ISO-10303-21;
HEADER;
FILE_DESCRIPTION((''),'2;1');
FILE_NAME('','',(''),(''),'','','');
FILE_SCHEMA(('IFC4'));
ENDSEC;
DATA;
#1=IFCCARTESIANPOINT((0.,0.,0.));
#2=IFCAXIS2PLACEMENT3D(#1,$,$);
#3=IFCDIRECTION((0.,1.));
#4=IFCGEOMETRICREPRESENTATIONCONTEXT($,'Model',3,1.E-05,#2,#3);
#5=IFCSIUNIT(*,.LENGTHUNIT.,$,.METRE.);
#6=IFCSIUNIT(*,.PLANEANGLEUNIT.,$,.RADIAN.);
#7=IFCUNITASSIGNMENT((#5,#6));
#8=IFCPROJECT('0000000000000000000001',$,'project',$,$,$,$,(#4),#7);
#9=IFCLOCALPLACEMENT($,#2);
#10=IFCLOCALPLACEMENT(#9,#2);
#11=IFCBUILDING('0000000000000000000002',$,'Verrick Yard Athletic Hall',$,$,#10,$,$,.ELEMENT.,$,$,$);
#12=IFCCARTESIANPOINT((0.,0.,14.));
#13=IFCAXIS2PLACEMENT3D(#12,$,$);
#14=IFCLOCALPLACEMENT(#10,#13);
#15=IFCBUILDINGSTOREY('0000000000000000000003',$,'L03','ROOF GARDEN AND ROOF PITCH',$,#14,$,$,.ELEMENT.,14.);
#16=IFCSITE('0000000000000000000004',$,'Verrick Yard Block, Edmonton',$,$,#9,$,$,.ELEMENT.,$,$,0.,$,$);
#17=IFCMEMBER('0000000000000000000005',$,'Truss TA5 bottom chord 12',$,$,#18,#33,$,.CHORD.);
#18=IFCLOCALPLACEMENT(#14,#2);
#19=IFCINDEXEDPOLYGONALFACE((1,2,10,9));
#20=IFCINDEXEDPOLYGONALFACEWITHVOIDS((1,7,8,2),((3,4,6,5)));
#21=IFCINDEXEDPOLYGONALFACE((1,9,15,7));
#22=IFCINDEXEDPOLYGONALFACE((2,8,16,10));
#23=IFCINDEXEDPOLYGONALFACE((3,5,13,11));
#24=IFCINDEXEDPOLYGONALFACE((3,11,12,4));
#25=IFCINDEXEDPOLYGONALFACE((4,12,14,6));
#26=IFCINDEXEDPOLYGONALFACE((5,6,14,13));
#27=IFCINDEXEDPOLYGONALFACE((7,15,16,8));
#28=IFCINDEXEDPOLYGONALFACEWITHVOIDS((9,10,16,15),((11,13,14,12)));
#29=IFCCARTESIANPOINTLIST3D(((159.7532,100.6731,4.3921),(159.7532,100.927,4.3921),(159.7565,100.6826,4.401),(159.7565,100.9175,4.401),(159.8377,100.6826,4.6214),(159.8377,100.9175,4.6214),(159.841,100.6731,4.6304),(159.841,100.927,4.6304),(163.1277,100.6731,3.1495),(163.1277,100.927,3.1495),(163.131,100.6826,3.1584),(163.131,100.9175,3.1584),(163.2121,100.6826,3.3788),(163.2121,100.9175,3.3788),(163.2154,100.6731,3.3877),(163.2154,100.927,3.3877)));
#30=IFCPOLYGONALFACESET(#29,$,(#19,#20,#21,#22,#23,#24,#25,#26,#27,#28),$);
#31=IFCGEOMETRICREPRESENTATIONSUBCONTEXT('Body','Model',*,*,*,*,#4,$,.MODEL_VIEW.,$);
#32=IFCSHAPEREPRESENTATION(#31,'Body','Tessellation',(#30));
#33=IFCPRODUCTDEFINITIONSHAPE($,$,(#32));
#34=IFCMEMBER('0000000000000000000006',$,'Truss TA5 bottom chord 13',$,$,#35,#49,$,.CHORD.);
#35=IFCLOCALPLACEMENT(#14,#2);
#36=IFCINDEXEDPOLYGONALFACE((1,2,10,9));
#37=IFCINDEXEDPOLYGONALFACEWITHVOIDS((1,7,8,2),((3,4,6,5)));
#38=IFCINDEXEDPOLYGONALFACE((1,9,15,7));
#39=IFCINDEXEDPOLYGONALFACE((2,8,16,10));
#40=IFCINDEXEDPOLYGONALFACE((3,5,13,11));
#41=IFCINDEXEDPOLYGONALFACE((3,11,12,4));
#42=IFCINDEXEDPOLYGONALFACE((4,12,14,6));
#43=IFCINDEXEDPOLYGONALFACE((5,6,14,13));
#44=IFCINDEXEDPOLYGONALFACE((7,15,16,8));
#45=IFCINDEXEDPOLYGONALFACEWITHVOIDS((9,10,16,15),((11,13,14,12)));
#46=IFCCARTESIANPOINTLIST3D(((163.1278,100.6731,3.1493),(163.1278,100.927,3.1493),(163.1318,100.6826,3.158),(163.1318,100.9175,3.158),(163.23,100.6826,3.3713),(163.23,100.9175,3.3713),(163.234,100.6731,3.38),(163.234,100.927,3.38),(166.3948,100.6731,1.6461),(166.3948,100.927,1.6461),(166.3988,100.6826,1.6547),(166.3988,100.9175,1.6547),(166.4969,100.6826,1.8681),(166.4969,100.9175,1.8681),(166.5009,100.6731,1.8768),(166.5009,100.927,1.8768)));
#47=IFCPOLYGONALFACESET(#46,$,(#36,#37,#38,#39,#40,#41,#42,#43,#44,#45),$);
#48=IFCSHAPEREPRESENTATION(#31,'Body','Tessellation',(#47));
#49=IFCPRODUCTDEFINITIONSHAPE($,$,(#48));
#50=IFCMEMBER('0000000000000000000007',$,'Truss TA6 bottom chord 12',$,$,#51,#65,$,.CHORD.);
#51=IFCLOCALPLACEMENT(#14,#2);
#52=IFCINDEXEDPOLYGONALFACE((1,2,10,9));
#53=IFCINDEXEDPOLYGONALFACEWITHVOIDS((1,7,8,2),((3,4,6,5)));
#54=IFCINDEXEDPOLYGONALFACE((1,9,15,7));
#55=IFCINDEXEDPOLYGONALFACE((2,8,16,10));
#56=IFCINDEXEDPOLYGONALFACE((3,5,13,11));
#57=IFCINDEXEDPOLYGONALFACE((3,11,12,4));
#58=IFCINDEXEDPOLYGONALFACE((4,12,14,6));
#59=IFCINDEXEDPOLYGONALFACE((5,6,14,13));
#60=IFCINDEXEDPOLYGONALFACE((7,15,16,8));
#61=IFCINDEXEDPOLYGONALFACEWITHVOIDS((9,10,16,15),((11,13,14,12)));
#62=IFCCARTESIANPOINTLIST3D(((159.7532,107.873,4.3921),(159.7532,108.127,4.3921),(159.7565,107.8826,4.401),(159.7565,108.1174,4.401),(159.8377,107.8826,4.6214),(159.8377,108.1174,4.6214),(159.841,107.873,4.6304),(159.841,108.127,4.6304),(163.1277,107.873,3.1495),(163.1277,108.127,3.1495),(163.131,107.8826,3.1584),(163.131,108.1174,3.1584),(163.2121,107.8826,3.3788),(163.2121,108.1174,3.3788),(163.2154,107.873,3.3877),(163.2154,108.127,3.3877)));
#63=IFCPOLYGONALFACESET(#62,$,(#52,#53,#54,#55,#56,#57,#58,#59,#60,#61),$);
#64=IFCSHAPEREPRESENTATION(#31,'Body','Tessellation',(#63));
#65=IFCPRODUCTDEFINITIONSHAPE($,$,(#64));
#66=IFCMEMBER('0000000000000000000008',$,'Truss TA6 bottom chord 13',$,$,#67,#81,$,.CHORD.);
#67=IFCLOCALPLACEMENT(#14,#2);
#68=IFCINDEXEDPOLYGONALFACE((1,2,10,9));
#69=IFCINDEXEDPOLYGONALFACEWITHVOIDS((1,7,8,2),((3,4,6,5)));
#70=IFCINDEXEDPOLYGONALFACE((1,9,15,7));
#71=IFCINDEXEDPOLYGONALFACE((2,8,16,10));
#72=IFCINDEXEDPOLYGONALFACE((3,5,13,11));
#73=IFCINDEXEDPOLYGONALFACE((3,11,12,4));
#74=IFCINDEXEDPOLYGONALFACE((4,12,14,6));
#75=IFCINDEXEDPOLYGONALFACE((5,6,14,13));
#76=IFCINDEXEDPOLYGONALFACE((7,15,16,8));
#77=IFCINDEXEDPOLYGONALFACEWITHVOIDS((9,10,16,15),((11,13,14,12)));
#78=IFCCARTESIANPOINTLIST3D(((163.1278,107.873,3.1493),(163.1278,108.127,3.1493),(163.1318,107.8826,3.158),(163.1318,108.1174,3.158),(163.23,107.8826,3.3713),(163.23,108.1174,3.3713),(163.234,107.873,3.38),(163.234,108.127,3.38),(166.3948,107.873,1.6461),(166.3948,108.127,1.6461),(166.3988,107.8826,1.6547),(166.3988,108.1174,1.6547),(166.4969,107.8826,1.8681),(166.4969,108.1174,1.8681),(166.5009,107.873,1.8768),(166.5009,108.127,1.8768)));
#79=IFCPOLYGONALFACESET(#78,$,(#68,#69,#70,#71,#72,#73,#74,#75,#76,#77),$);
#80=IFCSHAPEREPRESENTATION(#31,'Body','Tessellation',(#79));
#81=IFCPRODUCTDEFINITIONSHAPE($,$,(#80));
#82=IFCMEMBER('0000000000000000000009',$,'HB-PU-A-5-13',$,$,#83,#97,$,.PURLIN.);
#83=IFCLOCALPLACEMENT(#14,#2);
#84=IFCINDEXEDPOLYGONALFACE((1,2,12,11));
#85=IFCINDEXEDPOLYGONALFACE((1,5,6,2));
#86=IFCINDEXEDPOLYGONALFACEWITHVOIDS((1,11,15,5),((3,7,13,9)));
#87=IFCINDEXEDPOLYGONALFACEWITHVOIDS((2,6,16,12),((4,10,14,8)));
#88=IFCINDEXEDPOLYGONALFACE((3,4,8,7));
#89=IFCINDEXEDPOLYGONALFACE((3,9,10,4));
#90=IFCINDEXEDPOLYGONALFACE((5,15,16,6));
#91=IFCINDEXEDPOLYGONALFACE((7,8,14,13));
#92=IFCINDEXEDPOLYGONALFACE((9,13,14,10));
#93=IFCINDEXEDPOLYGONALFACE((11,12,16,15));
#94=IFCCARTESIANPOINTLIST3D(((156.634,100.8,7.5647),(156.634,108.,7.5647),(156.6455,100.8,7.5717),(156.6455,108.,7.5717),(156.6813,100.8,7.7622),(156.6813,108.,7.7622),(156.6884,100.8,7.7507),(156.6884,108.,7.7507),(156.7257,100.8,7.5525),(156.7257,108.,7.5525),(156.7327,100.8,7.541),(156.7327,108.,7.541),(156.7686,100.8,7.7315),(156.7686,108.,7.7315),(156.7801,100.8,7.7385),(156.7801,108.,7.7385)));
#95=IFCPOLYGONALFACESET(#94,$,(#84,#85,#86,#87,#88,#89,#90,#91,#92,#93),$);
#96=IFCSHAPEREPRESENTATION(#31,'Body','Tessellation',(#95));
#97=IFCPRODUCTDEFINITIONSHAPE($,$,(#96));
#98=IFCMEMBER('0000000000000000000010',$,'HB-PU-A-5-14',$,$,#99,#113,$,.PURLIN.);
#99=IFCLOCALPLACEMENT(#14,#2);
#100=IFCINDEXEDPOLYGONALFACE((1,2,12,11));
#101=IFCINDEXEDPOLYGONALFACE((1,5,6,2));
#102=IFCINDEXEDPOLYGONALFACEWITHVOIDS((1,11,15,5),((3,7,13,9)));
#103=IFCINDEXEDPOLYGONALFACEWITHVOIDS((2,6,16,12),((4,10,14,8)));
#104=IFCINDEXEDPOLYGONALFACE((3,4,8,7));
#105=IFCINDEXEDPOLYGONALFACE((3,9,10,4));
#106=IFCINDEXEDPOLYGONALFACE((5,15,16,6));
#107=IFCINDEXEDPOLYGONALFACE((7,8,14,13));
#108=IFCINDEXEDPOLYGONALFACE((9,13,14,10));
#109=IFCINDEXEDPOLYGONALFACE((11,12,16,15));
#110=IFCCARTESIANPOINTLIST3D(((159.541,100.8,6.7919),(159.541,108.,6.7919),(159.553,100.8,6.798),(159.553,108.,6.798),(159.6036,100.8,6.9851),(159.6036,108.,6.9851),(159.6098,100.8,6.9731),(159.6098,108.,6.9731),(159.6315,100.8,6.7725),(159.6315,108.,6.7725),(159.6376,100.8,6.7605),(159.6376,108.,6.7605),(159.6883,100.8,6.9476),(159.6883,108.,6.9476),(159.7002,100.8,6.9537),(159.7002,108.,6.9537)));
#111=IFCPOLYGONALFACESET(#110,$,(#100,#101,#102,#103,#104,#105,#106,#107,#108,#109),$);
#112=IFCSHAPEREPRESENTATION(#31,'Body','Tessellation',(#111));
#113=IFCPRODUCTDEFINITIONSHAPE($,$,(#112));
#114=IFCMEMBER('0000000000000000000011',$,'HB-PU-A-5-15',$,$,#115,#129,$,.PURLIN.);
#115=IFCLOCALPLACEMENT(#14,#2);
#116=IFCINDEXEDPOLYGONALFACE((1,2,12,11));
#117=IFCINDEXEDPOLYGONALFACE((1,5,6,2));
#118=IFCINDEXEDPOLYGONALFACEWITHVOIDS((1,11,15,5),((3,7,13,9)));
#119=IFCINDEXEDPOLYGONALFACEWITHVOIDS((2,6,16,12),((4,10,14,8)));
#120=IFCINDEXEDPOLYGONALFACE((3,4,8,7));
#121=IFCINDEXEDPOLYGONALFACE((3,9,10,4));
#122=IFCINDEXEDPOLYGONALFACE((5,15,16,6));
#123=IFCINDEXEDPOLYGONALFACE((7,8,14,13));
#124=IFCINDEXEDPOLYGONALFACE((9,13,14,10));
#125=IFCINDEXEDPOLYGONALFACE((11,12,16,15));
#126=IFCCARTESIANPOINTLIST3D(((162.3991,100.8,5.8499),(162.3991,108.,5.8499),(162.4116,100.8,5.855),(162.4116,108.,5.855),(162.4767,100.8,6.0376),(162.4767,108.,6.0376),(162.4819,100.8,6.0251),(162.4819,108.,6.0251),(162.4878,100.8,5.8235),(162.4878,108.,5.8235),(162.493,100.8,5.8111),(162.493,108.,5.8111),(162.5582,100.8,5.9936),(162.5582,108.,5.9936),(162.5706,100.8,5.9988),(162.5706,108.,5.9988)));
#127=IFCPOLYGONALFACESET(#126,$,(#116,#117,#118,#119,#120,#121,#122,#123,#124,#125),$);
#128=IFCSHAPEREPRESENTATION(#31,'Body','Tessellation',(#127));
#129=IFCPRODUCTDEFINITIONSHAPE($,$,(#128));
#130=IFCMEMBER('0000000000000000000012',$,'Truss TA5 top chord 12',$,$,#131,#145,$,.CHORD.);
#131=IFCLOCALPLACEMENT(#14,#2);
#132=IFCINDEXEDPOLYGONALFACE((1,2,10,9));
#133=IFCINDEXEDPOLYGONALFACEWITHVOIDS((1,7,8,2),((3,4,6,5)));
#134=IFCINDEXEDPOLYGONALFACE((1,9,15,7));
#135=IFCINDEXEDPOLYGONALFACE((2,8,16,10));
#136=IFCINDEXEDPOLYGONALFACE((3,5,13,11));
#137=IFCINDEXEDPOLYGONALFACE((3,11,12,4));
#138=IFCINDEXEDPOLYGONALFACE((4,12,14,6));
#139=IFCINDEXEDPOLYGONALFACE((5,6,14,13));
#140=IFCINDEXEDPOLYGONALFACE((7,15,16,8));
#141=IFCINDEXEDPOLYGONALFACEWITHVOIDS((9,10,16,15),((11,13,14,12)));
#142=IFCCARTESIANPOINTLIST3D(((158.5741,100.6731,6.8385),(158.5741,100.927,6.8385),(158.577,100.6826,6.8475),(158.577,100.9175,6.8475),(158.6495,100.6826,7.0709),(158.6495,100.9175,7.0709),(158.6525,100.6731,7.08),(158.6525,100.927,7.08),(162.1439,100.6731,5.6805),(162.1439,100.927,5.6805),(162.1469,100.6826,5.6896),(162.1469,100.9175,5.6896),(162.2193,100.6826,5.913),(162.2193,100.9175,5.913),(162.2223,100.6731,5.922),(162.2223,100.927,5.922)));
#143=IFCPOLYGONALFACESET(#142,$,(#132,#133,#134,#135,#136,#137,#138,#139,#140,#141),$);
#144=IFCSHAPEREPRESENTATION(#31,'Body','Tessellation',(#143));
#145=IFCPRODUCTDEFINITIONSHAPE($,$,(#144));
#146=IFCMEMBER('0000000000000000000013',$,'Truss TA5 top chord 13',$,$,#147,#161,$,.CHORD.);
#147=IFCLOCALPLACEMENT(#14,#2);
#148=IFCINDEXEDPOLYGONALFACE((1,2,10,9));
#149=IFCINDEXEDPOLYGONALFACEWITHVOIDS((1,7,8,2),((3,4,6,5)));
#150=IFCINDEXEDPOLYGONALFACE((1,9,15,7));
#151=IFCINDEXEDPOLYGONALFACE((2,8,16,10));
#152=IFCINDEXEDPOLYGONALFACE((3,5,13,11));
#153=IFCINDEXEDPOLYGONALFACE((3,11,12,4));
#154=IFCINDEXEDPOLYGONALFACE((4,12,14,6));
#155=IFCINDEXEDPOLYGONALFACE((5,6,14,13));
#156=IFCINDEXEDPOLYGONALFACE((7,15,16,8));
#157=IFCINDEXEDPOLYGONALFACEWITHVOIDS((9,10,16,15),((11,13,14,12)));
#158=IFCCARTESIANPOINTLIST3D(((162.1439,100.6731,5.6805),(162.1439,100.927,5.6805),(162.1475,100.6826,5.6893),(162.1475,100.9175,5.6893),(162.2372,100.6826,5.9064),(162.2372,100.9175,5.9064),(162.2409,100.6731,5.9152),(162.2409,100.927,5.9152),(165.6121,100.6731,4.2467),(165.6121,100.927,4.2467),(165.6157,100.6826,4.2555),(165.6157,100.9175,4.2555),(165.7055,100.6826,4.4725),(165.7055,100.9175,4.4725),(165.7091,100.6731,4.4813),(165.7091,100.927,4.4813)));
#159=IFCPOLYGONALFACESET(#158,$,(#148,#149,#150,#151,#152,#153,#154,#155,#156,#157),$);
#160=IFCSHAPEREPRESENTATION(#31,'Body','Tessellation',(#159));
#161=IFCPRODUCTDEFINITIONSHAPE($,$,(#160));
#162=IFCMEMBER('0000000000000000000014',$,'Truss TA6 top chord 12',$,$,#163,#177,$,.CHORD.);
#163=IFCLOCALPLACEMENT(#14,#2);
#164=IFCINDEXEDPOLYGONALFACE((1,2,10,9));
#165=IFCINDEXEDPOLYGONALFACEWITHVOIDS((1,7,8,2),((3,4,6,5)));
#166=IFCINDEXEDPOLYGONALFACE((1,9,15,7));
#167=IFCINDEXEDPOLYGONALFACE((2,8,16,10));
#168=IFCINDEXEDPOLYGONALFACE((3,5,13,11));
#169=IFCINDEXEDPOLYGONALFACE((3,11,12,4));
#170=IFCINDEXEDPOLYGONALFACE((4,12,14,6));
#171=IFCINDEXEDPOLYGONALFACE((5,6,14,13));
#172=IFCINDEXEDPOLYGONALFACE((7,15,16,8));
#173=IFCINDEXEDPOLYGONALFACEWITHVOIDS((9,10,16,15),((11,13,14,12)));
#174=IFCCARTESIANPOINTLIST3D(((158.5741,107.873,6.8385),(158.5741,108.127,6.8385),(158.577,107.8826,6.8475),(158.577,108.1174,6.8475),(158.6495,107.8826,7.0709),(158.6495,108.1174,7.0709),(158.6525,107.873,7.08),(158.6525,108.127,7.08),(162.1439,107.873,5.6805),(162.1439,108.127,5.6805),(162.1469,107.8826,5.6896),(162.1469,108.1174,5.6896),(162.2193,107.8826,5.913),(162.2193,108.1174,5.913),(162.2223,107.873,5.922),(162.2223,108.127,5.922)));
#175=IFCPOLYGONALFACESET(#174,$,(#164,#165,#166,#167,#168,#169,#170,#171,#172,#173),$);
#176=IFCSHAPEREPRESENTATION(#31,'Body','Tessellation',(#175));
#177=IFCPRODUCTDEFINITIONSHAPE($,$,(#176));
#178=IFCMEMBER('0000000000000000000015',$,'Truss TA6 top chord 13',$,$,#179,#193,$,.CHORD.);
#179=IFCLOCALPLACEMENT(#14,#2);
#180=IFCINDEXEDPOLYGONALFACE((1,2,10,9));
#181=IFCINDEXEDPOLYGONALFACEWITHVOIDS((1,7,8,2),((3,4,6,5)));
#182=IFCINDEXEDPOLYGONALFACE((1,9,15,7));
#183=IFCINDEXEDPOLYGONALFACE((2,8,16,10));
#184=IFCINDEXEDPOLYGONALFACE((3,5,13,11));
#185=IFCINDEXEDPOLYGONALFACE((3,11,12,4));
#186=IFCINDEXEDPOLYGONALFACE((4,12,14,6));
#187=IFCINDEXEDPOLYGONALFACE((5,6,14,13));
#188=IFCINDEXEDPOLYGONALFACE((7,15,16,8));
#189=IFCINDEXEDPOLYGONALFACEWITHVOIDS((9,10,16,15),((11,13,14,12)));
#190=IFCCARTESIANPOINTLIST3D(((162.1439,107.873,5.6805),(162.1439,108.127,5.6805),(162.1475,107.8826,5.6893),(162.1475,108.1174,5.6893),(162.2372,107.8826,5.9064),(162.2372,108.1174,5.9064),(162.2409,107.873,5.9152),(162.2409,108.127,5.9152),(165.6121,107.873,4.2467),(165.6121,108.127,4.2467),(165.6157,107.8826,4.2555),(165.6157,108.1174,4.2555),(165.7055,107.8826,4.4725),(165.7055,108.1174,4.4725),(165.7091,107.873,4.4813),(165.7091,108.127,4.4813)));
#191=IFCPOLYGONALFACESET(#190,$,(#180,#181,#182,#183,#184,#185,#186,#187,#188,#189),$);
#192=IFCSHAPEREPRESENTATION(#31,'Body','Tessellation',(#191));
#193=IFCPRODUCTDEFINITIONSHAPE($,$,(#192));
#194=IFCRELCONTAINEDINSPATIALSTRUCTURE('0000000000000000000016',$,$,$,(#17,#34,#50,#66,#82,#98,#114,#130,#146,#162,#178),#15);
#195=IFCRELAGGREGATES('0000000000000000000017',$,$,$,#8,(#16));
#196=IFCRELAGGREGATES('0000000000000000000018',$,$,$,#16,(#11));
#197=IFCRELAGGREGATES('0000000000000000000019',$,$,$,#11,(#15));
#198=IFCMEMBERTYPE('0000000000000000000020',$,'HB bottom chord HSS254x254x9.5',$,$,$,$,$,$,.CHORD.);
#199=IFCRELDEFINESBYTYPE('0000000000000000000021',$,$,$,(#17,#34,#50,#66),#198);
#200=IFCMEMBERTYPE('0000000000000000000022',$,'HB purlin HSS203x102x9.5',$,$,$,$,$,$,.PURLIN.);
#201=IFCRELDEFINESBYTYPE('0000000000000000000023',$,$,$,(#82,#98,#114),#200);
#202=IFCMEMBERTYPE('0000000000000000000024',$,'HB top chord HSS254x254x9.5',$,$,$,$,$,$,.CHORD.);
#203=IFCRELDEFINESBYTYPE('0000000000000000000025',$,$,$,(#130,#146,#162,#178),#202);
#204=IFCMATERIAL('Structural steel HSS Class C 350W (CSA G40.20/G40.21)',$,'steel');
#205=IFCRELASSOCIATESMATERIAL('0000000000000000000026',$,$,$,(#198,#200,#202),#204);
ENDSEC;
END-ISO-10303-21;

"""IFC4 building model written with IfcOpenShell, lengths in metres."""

from ifc_helpers import new_model, si_unit, direction, frame, origin, origin_2d, place, context, subcontext, project, spatial, hollow_rectangle, extrude, material, material_profile, profile_set, type_object, element, save


model = new_model("IFC4")

# Units and contexts
model_context = context("Model", 3, precision=1e-05, world=origin(), true_north=direction((0.0, 1.0)))
body_context = subcontext(model_context, "Body", "Model", "MODEL_VIEW")
ifc_project = project(units=[si_unit("LENGTHUNIT", "METRE"), si_unit("PLANEANGLEUNIT", "RADIAN")], contexts=[model_context])

# Site, building, storey
site_placement = place(None, origin())
site = spatial("IfcSite", under=ifc_project, at=site_placement, Name="Verrick Yard Block, Edmonton", CompositionType="ELEMENT", RefElevation=0.0)
building_placement = place(site_placement, origin())
building = spatial("IfcBuilding", under=site, at=building_placement, Name="Verrick Yard Athletic Hall", CompositionType="ELEMENT")
storey_placement = place(building_placement, frame((0.0, 0.0, 14.0)))
storey = spatial("IfcBuildingStorey", under=building, at=storey_placement, Name="L03", Description="ROOF GARDEN AND ROOF PITCH", CompositionType="ELEMENT", Elevation=14.0)

# Members
ifc_material_1 = material(Name="Structural steel HSS Class C 350W (CSA G40.20/G40.21)", Category="steel")
ifc_material_profile_1 = material_profile(ifc_material_1, hollow_rectangle(XDim=0.2539, YDim=0.2539, WallThickness=0.0095, at=origin_2d()), Name="HSS254x254x9.5")
ifc_profile_set_1 = profile_set([ifc_material_profile_1], Name="Structural steel HSS Class C 350W (CSA G40.20/G40.21)")
member_type_1 = type_object("IfcMemberType", Name="HB bottom chord HSS254x254x9.5", PredefinedType="CHORD", material=ifc_profile_set_1)
member_1_placement = place(storey_placement, frame((159.7971, 100.8, 4.5112), z_axis=(0.938394, 0.0, -0.345567), x_axis=(0.0, 1.0, 0.0)))
element("IfcMember", 1, at=member_1_placement, inside=storey, type_object=member_type_1, Name="Truss TA5 bottom chord 12", PredefinedType="CHORD", context=body_context, shape_type="SweptSolid", body=[
    extrude(hollow_rectangle(XDim=0.2539, YDim=0.2539, WallThickness=0.0095, at=origin_2d()), origin(), (0.0, 0.0, 1.0), 3.5959),
])
member_2_placement = place(storey_placement, frame((163.1809, 100.8, 3.2646), z_axis=(0.908446, 0.0, -0.418003), x_axis=(0.0, 1.0, 0.0)))
element("IfcMember", 2, at=member_2_placement, inside=storey, type_object=member_type_1, Name="Truss TA5 bottom chord 13", PredefinedType="CHORD", context=body_context, shape_type="SweptSolid", body=[
    extrude(hollow_rectangle(XDim=0.2539, YDim=0.2539, WallThickness=0.0095, at=origin_2d()), origin(), (0.0, 0.0, 1.0), 3.5962),
])
member_3_placement = place(storey_placement, frame((159.7971, 108.0, 4.5112), z_axis=(0.938394, 0.0, -0.345567), x_axis=(0.0, 1.0, 0.0)))
element("IfcMember", 3, at=member_3_placement, inside=storey, type_object=member_type_1, Name="Truss TA6 bottom chord 12", PredefinedType="CHORD", context=body_context, shape_type="SweptSolid", body=[
    extrude(hollow_rectangle(XDim=0.2539, YDim=0.2539, WallThickness=0.0095, at=origin_2d()), origin(), (0.0, 0.0, 1.0), 3.5959),
])
member_4_placement = place(storey_placement, frame((163.1809, 108.0, 3.2646), z_axis=(0.908446, 0.0, -0.418003), x_axis=(0.0, 1.0, 0.0)))
element("IfcMember", 4, at=member_4_placement, inside=storey, type_object=member_type_1, Name="Truss TA6 bottom chord 13", PredefinedType="CHORD", context=body_context, shape_type="SweptSolid", body=[
    extrude(hollow_rectangle(XDim=0.2539, YDim=0.2539, WallThickness=0.0095, at=origin_2d()), origin(), (0.0, 0.0, 1.0), 3.5962),
])
ifc_material_profile_2 = material_profile(ifc_material_1, hollow_rectangle(XDim=0.1016, YDim=0.2031, WallThickness=0.0095, at=origin_2d()), Name="HSS203x102x9.5")
ifc_profile_set_2 = profile_set([ifc_material_profile_2], Name="Structural steel HSS Class C 350W (CSA G40.20/G40.21)")
member_type_2 = type_object("IfcMemberType", Name="HB purlin HSS203x102x9.5", PredefinedType="PURLIN", material=ifc_profile_set_2)
for number, where, z_axis, x_axis, name in (
    (5, (156.707, 100.8, 7.6516), (0.0, 1.0, 0.0), (-0.972459, 0.0, 0.233074), "HB-PU-A-5-13"),
    (6, (159.6206, 100.8, 6.8728), (0.0, 1.0, 0.0), (-0.951214, 0.0, 0.308533), "HB-PU-A-5-14"),
    (7, (162.4849, 100.8, 5.9243), (0.0, 1.0, 0.0), (-0.924123, 0.0, 0.382096), "HB-PU-A-5-15"),
):
    element("IfcMember", number, at=place(storey_placement, frame(where, z_axis=z_axis, x_axis=x_axis)), inside=storey, type_object=member_type_2, Name=name, PredefinedType="PURLIN", context=body_context, shape_type="SweptSolid", body=[
        extrude(hollow_rectangle(XDim=0.1016, YDim=0.2031, WallThickness=0.0095, at=origin_2d()), origin(), (0.0, 0.0, 1.0), 7.2),
    ])
ifc_material_profile_3 = material_profile(ifc_material_1, hollow_rectangle(XDim=0.2539, YDim=0.2539, WallThickness=0.0095, at=origin_2d()), Name="HSS254x254x9.5")
ifc_profile_set_3 = profile_set([ifc_material_profile_3], Name="Structural steel HSS Class C 350W (CSA G40.20/G40.21)")
member_type_3 = type_object("IfcMemberType", Name="HB top chord HSS254x254x9.5", PredefinedType="CHORD", material=ifc_profile_set_3)
for number, where, z_axis, x_axis, name in (
    (8, (158.6133, 100.8, 6.9592), (0.951209, 0.0, -0.308548), (0.0, 1.0, 0.0), "Truss TA5 top chord 12"),
    (9, (162.1924, 100.8, 5.7979), (0.92414, 0.0, -0.382055), (0.0, 1.0, 0.0), "Truss TA5 top chord 13"),
    (10, (158.6133, 108.0, 6.9592), (0.951209, 0.0, -0.308548), (0.0, 1.0, 0.0), "Truss TA6 top chord 12"),
    (11, (162.1924, 108.0, 5.7979), (0.92414, 0.0, -0.382055), (0.0, 1.0, 0.0), "Truss TA6 top chord 13"),
):
    element("IfcMember", number, at=place(storey_placement, frame(where, z_axis=z_axis, x_axis=x_axis)), inside=storey, type_object=member_type_3, Name=name, PredefinedType="CHORD", context=body_context, shape_type="SweptSolid", body=[
        extrude(hollow_rectangle(XDim=0.2539, YDim=0.2539, WallThickness=0.0095, at=origin_2d()), origin(), (0.0, 0.0, 1.0), 3.7529),
    ])

save(model, "model.ifc")
